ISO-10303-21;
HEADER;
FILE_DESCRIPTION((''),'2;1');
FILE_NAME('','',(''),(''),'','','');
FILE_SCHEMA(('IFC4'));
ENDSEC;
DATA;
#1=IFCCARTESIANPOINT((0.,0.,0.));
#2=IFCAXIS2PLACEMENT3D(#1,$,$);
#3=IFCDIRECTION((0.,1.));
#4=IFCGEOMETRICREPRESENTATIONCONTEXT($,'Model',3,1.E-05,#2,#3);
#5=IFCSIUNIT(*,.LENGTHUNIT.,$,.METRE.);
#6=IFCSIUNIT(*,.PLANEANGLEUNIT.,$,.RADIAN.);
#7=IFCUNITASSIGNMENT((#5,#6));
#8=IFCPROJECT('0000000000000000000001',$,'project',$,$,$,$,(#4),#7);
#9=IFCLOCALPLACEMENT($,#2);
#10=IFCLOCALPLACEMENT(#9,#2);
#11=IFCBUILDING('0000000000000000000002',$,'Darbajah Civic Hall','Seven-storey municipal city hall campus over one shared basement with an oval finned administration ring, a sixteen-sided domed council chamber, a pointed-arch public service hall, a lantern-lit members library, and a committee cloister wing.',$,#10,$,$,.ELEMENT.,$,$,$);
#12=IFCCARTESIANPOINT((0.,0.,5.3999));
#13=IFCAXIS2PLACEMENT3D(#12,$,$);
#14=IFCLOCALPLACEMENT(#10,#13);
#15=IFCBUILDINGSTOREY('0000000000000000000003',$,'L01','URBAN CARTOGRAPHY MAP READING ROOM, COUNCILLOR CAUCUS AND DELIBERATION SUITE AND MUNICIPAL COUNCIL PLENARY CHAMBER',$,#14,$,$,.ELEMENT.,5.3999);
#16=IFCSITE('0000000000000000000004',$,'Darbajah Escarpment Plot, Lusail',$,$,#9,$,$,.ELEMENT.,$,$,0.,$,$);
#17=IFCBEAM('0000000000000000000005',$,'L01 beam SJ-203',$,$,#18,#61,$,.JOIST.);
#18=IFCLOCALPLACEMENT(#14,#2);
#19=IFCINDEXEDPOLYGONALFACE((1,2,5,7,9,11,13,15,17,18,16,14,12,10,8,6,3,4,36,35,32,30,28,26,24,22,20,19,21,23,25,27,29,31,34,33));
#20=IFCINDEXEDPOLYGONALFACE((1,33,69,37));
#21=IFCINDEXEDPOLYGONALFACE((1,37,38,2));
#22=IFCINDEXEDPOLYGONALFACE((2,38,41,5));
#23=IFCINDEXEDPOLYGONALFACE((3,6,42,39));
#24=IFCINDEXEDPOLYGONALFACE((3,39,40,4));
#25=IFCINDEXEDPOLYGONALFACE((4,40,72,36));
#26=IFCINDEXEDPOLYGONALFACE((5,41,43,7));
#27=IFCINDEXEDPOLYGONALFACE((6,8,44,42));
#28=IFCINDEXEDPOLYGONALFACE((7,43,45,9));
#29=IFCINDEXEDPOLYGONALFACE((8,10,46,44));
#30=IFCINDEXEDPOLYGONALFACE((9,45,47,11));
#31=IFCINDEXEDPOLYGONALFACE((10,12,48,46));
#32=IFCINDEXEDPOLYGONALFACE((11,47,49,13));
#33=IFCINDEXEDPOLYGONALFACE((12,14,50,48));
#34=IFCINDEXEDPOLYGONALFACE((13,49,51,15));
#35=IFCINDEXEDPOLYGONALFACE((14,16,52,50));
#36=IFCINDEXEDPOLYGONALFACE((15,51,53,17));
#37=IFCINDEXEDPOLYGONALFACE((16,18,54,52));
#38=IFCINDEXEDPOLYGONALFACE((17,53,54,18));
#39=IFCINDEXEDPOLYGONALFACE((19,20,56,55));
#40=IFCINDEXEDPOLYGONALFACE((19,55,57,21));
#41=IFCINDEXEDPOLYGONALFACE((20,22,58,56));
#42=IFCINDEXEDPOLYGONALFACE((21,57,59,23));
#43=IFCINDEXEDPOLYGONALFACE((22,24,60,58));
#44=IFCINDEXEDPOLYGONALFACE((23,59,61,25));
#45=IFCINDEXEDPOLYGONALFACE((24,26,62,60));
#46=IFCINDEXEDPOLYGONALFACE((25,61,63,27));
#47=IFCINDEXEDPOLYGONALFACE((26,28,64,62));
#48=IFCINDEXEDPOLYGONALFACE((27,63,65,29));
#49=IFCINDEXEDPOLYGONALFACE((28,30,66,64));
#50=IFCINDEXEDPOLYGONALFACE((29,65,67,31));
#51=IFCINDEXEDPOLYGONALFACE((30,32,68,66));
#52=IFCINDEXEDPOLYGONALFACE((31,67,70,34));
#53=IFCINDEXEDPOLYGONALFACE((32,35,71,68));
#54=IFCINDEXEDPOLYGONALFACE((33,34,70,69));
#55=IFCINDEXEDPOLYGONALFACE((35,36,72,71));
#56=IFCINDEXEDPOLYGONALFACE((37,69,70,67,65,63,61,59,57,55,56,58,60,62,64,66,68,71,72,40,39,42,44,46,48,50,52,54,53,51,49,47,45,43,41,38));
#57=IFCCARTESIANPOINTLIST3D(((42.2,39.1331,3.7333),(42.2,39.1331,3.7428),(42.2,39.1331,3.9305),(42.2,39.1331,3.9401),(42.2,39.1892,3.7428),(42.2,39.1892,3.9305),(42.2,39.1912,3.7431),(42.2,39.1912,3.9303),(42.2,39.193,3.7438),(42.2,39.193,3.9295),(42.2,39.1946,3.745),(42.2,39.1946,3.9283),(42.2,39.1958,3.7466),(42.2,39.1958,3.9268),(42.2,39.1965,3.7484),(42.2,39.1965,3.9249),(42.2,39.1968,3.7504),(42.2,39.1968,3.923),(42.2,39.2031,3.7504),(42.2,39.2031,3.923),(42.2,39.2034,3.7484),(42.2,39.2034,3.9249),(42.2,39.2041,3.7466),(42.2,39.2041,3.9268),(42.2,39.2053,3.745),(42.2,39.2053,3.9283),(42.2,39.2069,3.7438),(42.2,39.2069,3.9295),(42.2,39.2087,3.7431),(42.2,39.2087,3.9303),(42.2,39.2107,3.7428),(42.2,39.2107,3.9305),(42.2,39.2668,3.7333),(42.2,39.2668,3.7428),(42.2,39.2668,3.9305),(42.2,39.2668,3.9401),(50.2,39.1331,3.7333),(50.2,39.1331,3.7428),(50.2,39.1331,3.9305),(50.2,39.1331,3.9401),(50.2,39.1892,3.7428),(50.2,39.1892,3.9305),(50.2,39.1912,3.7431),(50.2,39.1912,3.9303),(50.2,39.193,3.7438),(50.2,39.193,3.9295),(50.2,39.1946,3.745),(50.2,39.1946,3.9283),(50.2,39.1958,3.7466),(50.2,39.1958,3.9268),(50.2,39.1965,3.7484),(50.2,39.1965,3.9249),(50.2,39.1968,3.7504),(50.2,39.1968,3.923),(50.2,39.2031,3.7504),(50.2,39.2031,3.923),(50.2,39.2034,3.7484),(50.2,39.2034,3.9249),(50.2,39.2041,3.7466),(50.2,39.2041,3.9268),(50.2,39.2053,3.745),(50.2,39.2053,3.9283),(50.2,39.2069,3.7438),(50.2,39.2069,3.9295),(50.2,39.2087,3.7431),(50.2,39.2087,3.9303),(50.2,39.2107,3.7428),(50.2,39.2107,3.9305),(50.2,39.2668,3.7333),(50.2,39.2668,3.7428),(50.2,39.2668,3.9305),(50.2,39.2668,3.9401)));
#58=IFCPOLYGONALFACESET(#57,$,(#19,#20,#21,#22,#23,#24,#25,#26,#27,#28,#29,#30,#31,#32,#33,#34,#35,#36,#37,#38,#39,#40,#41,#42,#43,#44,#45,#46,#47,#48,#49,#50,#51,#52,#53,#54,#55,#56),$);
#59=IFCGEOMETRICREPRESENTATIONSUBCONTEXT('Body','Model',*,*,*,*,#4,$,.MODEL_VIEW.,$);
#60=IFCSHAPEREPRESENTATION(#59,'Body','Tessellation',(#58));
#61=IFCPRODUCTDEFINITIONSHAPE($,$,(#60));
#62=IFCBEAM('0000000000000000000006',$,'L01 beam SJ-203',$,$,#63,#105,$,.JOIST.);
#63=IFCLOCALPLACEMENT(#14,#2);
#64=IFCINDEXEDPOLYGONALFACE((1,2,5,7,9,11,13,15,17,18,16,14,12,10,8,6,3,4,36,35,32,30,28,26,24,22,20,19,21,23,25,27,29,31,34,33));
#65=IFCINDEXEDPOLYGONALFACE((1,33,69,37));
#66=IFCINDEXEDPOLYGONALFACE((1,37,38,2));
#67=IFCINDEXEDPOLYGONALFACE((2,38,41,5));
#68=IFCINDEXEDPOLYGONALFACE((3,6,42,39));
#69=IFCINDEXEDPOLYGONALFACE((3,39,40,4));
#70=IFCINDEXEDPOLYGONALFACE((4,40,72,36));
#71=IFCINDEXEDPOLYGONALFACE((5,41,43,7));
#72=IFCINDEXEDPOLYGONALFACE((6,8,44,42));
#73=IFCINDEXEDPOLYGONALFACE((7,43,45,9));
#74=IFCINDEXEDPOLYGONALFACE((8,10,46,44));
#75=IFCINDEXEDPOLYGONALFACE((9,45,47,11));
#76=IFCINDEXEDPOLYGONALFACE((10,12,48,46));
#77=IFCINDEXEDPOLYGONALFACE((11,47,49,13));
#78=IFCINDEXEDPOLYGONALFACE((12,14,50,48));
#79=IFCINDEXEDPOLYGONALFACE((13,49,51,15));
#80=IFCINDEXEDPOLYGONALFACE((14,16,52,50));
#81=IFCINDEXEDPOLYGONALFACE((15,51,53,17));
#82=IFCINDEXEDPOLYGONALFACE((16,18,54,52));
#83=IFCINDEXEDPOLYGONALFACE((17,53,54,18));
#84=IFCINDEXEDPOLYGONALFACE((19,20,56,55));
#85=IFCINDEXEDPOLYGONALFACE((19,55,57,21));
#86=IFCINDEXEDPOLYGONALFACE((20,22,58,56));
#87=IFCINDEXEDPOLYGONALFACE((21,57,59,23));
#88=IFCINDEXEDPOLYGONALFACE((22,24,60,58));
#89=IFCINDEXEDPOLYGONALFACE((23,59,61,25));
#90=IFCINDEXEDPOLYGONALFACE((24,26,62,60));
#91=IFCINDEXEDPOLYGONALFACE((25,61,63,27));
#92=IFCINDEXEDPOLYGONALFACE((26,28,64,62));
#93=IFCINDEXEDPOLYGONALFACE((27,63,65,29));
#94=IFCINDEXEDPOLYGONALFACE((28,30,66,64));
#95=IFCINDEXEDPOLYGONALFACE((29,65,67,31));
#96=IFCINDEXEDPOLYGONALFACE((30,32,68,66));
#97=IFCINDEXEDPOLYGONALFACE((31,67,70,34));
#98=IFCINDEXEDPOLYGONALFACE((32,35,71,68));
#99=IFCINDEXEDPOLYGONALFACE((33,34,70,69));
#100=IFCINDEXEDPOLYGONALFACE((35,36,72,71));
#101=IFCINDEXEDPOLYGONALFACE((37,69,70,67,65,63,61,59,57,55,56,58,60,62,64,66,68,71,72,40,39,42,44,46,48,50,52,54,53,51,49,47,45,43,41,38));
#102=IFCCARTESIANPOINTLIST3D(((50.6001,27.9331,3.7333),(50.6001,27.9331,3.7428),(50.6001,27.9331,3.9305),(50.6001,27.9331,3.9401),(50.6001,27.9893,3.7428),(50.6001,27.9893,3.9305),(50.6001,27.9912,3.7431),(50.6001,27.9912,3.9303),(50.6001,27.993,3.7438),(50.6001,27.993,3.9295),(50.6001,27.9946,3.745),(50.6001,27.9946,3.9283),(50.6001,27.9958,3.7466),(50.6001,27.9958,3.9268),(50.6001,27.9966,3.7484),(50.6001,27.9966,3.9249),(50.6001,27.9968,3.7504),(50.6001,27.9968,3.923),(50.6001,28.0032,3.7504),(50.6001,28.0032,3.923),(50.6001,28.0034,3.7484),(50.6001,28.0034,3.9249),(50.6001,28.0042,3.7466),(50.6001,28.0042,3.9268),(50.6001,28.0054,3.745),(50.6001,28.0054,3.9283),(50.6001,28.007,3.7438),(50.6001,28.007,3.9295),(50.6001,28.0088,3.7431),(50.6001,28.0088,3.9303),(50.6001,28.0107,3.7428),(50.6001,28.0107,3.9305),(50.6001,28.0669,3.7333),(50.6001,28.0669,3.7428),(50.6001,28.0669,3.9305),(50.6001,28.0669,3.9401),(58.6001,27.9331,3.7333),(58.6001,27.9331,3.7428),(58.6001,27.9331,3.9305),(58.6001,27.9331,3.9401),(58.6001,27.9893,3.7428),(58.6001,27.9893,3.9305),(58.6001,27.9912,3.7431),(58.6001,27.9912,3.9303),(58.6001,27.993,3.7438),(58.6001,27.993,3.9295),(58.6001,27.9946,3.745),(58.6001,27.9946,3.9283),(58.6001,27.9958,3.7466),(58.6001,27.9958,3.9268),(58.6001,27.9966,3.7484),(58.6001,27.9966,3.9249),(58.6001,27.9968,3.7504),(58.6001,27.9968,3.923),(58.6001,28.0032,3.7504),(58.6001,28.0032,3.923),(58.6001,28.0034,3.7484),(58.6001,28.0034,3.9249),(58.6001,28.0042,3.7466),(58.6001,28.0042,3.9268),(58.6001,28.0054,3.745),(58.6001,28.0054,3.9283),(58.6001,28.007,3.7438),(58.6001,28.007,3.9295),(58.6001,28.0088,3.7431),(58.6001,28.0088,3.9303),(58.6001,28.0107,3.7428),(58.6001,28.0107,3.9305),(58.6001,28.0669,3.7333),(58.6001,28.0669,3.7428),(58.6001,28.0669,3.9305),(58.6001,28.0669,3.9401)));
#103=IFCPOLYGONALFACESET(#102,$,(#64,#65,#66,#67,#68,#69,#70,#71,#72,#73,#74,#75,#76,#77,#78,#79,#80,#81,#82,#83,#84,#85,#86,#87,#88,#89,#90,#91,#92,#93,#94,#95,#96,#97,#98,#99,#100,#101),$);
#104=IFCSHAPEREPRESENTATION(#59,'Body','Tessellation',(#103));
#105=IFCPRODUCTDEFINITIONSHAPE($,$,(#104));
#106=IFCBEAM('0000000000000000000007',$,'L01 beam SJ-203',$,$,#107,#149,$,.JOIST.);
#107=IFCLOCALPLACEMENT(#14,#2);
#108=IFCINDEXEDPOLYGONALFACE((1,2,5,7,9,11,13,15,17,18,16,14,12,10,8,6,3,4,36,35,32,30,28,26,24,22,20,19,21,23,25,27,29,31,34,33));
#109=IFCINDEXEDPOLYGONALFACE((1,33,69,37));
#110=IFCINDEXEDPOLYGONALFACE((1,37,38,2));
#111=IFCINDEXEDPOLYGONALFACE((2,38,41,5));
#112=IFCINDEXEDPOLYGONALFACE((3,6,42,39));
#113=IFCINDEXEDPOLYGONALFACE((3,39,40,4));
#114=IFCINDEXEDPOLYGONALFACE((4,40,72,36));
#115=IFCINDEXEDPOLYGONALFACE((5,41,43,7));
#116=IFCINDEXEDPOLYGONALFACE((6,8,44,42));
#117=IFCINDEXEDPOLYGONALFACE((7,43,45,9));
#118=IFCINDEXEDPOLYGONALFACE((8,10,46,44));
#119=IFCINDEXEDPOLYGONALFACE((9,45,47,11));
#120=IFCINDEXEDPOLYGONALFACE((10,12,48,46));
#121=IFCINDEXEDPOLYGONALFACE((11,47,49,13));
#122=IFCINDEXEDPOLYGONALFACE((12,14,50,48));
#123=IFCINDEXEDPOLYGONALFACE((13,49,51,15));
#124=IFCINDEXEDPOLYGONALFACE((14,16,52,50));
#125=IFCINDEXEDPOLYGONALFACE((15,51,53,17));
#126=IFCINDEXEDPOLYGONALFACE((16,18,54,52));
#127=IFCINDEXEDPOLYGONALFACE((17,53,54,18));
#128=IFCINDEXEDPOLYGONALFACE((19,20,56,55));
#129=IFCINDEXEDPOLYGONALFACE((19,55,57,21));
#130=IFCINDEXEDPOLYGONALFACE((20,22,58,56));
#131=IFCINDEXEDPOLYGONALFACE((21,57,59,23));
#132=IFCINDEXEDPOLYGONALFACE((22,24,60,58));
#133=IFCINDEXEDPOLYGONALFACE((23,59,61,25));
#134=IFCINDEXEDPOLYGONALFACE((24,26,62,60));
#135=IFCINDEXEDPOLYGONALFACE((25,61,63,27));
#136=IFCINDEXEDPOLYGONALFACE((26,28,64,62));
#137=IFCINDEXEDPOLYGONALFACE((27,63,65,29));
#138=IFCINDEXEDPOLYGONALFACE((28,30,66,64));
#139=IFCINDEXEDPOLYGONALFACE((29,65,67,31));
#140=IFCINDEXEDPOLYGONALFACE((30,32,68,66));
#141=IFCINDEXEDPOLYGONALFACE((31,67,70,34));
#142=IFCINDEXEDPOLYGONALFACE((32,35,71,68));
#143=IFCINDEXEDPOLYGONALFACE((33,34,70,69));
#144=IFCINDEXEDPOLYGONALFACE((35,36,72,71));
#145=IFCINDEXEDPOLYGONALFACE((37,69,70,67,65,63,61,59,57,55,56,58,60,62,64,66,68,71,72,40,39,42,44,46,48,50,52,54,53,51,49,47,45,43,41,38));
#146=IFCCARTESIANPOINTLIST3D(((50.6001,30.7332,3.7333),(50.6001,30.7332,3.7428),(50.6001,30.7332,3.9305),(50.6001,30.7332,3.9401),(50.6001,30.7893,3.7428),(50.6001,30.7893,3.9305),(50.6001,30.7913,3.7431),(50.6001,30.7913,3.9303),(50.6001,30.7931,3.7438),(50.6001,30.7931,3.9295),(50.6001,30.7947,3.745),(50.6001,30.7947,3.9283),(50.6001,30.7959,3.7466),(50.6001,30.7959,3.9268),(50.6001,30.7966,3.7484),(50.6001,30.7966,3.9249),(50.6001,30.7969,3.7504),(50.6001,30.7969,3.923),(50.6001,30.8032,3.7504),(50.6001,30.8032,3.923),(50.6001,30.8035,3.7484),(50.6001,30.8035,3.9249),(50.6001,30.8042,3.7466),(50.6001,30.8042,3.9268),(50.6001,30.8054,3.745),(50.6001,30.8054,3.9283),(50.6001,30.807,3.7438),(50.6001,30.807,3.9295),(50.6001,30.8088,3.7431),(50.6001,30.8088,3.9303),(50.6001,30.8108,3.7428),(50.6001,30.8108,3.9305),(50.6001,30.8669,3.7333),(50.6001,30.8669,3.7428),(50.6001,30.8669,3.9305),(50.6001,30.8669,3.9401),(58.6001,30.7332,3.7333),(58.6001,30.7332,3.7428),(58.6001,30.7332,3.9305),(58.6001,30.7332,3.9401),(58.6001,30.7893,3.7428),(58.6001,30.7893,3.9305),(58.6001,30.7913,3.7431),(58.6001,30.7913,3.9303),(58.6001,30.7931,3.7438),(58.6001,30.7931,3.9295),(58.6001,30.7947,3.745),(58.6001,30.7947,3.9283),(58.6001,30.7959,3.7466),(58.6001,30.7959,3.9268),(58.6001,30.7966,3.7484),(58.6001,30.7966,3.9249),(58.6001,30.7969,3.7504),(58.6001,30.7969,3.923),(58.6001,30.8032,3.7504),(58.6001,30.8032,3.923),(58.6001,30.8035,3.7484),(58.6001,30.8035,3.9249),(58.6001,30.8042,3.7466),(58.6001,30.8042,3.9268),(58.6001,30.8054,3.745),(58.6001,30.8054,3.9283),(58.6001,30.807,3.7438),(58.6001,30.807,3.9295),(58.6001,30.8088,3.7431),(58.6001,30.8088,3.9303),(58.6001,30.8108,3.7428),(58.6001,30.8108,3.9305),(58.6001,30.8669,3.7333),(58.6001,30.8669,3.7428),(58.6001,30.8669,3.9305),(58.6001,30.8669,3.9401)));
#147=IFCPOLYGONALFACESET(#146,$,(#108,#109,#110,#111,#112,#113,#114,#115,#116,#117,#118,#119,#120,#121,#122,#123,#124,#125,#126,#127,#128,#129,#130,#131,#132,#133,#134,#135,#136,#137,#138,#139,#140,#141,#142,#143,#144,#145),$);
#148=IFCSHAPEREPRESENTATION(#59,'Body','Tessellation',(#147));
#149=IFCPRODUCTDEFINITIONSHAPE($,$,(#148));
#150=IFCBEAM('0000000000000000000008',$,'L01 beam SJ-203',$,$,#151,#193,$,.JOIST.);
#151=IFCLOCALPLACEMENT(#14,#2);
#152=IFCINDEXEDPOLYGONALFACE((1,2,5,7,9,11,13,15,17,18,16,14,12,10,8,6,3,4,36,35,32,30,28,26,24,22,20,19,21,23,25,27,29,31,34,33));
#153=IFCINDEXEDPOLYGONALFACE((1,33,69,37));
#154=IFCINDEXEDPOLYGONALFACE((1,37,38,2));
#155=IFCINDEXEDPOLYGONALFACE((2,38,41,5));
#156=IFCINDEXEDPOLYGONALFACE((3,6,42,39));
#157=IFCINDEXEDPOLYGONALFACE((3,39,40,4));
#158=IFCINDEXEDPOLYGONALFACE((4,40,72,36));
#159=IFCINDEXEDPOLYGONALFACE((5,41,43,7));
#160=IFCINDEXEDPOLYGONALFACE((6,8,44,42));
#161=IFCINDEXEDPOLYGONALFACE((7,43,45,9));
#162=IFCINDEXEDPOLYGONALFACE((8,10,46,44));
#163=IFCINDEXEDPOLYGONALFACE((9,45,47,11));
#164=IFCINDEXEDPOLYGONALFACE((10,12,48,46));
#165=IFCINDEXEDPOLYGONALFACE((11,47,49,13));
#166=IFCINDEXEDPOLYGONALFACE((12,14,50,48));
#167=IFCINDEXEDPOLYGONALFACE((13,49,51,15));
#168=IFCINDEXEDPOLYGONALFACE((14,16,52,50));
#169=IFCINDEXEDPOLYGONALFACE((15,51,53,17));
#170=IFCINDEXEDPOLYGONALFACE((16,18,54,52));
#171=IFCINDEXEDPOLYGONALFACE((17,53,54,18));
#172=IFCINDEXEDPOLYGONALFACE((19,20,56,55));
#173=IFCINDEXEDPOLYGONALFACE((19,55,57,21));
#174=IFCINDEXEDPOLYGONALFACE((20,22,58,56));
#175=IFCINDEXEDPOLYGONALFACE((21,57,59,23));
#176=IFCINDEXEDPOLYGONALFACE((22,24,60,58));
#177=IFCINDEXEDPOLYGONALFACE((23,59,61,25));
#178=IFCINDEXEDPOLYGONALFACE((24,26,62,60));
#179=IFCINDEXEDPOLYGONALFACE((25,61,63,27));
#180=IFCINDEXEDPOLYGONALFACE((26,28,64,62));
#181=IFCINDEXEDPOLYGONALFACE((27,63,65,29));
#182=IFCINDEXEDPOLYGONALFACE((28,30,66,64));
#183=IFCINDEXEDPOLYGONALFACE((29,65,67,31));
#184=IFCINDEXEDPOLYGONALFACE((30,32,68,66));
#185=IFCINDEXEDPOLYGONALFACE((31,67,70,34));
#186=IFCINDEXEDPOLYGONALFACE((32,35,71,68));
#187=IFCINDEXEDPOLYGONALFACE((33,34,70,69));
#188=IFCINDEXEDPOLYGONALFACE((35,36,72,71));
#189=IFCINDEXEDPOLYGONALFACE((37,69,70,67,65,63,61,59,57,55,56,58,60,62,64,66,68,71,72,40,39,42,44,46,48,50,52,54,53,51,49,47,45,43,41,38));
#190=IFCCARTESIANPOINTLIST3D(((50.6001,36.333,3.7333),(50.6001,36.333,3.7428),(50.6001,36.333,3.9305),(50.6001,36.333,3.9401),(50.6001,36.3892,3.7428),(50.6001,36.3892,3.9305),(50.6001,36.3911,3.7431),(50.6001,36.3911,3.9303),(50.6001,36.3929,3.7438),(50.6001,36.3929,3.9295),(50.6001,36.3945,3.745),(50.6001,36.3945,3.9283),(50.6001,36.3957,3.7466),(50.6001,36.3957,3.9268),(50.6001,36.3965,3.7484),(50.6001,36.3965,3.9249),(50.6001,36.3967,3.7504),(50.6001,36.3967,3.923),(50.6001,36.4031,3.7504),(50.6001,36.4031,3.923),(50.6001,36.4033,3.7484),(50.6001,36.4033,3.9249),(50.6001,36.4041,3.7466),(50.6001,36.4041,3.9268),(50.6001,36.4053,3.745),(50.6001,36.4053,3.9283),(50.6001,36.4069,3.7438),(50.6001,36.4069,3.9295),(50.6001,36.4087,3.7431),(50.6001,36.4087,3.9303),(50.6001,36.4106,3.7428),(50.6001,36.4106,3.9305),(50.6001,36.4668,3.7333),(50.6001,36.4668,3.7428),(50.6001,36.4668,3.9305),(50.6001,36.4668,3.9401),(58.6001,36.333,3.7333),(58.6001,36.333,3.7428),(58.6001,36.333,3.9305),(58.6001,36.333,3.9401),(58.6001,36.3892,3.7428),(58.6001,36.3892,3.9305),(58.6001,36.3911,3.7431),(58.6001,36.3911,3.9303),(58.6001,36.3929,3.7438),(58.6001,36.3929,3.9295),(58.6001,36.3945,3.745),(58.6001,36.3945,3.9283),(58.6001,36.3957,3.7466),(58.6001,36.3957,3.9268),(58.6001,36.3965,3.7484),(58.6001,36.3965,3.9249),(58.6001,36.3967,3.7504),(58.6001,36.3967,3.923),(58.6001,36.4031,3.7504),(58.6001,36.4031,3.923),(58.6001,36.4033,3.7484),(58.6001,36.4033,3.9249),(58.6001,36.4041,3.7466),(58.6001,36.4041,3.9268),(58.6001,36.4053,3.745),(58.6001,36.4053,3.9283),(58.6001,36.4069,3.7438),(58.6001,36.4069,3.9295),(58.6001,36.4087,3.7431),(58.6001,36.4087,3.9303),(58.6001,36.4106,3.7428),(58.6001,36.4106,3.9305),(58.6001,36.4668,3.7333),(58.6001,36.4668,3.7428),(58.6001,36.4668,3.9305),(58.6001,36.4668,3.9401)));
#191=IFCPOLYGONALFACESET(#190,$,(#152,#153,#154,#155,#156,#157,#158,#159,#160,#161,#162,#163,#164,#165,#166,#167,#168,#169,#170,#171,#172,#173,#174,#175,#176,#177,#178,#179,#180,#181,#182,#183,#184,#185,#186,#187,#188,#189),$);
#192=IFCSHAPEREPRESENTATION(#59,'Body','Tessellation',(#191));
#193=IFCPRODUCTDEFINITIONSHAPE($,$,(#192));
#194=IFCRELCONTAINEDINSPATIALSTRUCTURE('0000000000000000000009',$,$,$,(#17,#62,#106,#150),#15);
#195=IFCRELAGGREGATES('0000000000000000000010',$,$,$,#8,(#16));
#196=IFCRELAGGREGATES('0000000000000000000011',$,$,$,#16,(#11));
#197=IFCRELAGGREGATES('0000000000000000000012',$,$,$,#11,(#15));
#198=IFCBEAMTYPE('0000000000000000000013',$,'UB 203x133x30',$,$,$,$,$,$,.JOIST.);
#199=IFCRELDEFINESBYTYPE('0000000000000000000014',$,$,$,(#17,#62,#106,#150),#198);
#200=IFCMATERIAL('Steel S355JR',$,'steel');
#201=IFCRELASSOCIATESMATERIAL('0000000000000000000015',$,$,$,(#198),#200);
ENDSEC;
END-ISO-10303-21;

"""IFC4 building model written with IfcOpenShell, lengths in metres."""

from ifc_helpers import new_model, si_unit, direction, frame, origin, origin_2d, place, context, subcontext, project, spatial, i_section, extrude, material, material_profile, profile_set, type_object, element, save


model = new_model("IFC4")

# Units and contexts
model_context = context("Model", 3, precision=1e-05, world=origin(), true_north=direction((0.0, 1.0)))
body_context = subcontext(model_context, "Body", "Model", "MODEL_VIEW")
ifc_project = project(units=[si_unit("LENGTHUNIT", "METRE"), si_unit("PLANEANGLEUNIT", "RADIAN")], contexts=[model_context])

# Site, building, storey
site_placement = place(None, origin())
site = spatial("IfcSite", under=ifc_project, at=site_placement, Name="Darbajah Escarpment Plot, Lusail", CompositionType="ELEMENT", RefElevation=0.0)
building_placement = place(site_placement, origin())
building = spatial("IfcBuilding", under=site, at=building_placement, Name="Darbajah Civic Hall", Description="Seven-storey municipal city hall campus over one shared basement with an oval finned administration ring, a sixteen-sided domed council chamber, a pointed-arch public service hall, a lantern-lit members library, and a committee cloister wing.", CompositionType="ELEMENT")
storey_placement = place(building_placement, frame((0.0, 0.0, 5.3999)))
storey = spatial("IfcBuildingStorey", under=building, at=storey_placement, Name="L01", Description="URBAN CARTOGRAPHY MAP READING ROOM, COUNCILLOR CAUCUS AND DELIBERATION SUITE AND MUNICIPAL COUNCIL PLENARY CHAMBER", CompositionType="ELEMENT", Elevation=5.3999)

# Beams
ifc_material_1 = material(Name="Steel S355JR", Category="steel")
ifc_material_profile_1 = material_profile(ifc_material_1, i_section(OverallWidth=0.1338, OverallDepth=0.2068, WebThickness=0.0063, FlangeThickness=0.0095, FilletRadius=0.0076, at=origin_2d()), Name="UB 203x133x30")
ifc_profile_set_1 = profile_set([ifc_material_profile_1], Name="Steel S355JR")
beam_type_1 = type_object("IfcBeamType", Name="UB 203x133x30", PredefinedType="JOIST", material=ifc_profile_set_1)
for number, where, z_axis, x_axis, name in (
    (1, (42.2, 39.2, 3.8367), (1.0, 0.0, 0.0), (0.0, 1.0, 0.0), "L01 beam SJ-203"),
    (2, (50.6001, 28.0, 3.8367), (1.0, 0.0, 0.0), (0.0, 1.0, 0.0), "L01 beam SJ-203"),
    (3, (50.6001, 30.8, 3.8367), (1.0, 0.0, 0.0), (0.0, 1.0, 0.0), "L01 beam SJ-203"),
    (4, (50.6001, 36.3999, 3.8367), (1.0, 0.0, 0.0), (0.0, 1.0, 0.0), "L01 beam SJ-203"),
):
    element("IfcBeam", number, at=place(storey_placement, frame(where, z_axis=z_axis, x_axis=x_axis)), inside=storey, type_object=beam_type_1, Name=name, PredefinedType="JOIST", context=body_context, shape_type="SweptSolid", body=[
        extrude(i_section(OverallWidth=0.1338, OverallDepth=0.2068, WebThickness=0.0063, FlangeThickness=0.0095, FilletRadius=0.0076, at=origin_2d()), origin(), (0.0, 0.0, 1.0), 8.0),
    ])

save(model, "model.ifc")
